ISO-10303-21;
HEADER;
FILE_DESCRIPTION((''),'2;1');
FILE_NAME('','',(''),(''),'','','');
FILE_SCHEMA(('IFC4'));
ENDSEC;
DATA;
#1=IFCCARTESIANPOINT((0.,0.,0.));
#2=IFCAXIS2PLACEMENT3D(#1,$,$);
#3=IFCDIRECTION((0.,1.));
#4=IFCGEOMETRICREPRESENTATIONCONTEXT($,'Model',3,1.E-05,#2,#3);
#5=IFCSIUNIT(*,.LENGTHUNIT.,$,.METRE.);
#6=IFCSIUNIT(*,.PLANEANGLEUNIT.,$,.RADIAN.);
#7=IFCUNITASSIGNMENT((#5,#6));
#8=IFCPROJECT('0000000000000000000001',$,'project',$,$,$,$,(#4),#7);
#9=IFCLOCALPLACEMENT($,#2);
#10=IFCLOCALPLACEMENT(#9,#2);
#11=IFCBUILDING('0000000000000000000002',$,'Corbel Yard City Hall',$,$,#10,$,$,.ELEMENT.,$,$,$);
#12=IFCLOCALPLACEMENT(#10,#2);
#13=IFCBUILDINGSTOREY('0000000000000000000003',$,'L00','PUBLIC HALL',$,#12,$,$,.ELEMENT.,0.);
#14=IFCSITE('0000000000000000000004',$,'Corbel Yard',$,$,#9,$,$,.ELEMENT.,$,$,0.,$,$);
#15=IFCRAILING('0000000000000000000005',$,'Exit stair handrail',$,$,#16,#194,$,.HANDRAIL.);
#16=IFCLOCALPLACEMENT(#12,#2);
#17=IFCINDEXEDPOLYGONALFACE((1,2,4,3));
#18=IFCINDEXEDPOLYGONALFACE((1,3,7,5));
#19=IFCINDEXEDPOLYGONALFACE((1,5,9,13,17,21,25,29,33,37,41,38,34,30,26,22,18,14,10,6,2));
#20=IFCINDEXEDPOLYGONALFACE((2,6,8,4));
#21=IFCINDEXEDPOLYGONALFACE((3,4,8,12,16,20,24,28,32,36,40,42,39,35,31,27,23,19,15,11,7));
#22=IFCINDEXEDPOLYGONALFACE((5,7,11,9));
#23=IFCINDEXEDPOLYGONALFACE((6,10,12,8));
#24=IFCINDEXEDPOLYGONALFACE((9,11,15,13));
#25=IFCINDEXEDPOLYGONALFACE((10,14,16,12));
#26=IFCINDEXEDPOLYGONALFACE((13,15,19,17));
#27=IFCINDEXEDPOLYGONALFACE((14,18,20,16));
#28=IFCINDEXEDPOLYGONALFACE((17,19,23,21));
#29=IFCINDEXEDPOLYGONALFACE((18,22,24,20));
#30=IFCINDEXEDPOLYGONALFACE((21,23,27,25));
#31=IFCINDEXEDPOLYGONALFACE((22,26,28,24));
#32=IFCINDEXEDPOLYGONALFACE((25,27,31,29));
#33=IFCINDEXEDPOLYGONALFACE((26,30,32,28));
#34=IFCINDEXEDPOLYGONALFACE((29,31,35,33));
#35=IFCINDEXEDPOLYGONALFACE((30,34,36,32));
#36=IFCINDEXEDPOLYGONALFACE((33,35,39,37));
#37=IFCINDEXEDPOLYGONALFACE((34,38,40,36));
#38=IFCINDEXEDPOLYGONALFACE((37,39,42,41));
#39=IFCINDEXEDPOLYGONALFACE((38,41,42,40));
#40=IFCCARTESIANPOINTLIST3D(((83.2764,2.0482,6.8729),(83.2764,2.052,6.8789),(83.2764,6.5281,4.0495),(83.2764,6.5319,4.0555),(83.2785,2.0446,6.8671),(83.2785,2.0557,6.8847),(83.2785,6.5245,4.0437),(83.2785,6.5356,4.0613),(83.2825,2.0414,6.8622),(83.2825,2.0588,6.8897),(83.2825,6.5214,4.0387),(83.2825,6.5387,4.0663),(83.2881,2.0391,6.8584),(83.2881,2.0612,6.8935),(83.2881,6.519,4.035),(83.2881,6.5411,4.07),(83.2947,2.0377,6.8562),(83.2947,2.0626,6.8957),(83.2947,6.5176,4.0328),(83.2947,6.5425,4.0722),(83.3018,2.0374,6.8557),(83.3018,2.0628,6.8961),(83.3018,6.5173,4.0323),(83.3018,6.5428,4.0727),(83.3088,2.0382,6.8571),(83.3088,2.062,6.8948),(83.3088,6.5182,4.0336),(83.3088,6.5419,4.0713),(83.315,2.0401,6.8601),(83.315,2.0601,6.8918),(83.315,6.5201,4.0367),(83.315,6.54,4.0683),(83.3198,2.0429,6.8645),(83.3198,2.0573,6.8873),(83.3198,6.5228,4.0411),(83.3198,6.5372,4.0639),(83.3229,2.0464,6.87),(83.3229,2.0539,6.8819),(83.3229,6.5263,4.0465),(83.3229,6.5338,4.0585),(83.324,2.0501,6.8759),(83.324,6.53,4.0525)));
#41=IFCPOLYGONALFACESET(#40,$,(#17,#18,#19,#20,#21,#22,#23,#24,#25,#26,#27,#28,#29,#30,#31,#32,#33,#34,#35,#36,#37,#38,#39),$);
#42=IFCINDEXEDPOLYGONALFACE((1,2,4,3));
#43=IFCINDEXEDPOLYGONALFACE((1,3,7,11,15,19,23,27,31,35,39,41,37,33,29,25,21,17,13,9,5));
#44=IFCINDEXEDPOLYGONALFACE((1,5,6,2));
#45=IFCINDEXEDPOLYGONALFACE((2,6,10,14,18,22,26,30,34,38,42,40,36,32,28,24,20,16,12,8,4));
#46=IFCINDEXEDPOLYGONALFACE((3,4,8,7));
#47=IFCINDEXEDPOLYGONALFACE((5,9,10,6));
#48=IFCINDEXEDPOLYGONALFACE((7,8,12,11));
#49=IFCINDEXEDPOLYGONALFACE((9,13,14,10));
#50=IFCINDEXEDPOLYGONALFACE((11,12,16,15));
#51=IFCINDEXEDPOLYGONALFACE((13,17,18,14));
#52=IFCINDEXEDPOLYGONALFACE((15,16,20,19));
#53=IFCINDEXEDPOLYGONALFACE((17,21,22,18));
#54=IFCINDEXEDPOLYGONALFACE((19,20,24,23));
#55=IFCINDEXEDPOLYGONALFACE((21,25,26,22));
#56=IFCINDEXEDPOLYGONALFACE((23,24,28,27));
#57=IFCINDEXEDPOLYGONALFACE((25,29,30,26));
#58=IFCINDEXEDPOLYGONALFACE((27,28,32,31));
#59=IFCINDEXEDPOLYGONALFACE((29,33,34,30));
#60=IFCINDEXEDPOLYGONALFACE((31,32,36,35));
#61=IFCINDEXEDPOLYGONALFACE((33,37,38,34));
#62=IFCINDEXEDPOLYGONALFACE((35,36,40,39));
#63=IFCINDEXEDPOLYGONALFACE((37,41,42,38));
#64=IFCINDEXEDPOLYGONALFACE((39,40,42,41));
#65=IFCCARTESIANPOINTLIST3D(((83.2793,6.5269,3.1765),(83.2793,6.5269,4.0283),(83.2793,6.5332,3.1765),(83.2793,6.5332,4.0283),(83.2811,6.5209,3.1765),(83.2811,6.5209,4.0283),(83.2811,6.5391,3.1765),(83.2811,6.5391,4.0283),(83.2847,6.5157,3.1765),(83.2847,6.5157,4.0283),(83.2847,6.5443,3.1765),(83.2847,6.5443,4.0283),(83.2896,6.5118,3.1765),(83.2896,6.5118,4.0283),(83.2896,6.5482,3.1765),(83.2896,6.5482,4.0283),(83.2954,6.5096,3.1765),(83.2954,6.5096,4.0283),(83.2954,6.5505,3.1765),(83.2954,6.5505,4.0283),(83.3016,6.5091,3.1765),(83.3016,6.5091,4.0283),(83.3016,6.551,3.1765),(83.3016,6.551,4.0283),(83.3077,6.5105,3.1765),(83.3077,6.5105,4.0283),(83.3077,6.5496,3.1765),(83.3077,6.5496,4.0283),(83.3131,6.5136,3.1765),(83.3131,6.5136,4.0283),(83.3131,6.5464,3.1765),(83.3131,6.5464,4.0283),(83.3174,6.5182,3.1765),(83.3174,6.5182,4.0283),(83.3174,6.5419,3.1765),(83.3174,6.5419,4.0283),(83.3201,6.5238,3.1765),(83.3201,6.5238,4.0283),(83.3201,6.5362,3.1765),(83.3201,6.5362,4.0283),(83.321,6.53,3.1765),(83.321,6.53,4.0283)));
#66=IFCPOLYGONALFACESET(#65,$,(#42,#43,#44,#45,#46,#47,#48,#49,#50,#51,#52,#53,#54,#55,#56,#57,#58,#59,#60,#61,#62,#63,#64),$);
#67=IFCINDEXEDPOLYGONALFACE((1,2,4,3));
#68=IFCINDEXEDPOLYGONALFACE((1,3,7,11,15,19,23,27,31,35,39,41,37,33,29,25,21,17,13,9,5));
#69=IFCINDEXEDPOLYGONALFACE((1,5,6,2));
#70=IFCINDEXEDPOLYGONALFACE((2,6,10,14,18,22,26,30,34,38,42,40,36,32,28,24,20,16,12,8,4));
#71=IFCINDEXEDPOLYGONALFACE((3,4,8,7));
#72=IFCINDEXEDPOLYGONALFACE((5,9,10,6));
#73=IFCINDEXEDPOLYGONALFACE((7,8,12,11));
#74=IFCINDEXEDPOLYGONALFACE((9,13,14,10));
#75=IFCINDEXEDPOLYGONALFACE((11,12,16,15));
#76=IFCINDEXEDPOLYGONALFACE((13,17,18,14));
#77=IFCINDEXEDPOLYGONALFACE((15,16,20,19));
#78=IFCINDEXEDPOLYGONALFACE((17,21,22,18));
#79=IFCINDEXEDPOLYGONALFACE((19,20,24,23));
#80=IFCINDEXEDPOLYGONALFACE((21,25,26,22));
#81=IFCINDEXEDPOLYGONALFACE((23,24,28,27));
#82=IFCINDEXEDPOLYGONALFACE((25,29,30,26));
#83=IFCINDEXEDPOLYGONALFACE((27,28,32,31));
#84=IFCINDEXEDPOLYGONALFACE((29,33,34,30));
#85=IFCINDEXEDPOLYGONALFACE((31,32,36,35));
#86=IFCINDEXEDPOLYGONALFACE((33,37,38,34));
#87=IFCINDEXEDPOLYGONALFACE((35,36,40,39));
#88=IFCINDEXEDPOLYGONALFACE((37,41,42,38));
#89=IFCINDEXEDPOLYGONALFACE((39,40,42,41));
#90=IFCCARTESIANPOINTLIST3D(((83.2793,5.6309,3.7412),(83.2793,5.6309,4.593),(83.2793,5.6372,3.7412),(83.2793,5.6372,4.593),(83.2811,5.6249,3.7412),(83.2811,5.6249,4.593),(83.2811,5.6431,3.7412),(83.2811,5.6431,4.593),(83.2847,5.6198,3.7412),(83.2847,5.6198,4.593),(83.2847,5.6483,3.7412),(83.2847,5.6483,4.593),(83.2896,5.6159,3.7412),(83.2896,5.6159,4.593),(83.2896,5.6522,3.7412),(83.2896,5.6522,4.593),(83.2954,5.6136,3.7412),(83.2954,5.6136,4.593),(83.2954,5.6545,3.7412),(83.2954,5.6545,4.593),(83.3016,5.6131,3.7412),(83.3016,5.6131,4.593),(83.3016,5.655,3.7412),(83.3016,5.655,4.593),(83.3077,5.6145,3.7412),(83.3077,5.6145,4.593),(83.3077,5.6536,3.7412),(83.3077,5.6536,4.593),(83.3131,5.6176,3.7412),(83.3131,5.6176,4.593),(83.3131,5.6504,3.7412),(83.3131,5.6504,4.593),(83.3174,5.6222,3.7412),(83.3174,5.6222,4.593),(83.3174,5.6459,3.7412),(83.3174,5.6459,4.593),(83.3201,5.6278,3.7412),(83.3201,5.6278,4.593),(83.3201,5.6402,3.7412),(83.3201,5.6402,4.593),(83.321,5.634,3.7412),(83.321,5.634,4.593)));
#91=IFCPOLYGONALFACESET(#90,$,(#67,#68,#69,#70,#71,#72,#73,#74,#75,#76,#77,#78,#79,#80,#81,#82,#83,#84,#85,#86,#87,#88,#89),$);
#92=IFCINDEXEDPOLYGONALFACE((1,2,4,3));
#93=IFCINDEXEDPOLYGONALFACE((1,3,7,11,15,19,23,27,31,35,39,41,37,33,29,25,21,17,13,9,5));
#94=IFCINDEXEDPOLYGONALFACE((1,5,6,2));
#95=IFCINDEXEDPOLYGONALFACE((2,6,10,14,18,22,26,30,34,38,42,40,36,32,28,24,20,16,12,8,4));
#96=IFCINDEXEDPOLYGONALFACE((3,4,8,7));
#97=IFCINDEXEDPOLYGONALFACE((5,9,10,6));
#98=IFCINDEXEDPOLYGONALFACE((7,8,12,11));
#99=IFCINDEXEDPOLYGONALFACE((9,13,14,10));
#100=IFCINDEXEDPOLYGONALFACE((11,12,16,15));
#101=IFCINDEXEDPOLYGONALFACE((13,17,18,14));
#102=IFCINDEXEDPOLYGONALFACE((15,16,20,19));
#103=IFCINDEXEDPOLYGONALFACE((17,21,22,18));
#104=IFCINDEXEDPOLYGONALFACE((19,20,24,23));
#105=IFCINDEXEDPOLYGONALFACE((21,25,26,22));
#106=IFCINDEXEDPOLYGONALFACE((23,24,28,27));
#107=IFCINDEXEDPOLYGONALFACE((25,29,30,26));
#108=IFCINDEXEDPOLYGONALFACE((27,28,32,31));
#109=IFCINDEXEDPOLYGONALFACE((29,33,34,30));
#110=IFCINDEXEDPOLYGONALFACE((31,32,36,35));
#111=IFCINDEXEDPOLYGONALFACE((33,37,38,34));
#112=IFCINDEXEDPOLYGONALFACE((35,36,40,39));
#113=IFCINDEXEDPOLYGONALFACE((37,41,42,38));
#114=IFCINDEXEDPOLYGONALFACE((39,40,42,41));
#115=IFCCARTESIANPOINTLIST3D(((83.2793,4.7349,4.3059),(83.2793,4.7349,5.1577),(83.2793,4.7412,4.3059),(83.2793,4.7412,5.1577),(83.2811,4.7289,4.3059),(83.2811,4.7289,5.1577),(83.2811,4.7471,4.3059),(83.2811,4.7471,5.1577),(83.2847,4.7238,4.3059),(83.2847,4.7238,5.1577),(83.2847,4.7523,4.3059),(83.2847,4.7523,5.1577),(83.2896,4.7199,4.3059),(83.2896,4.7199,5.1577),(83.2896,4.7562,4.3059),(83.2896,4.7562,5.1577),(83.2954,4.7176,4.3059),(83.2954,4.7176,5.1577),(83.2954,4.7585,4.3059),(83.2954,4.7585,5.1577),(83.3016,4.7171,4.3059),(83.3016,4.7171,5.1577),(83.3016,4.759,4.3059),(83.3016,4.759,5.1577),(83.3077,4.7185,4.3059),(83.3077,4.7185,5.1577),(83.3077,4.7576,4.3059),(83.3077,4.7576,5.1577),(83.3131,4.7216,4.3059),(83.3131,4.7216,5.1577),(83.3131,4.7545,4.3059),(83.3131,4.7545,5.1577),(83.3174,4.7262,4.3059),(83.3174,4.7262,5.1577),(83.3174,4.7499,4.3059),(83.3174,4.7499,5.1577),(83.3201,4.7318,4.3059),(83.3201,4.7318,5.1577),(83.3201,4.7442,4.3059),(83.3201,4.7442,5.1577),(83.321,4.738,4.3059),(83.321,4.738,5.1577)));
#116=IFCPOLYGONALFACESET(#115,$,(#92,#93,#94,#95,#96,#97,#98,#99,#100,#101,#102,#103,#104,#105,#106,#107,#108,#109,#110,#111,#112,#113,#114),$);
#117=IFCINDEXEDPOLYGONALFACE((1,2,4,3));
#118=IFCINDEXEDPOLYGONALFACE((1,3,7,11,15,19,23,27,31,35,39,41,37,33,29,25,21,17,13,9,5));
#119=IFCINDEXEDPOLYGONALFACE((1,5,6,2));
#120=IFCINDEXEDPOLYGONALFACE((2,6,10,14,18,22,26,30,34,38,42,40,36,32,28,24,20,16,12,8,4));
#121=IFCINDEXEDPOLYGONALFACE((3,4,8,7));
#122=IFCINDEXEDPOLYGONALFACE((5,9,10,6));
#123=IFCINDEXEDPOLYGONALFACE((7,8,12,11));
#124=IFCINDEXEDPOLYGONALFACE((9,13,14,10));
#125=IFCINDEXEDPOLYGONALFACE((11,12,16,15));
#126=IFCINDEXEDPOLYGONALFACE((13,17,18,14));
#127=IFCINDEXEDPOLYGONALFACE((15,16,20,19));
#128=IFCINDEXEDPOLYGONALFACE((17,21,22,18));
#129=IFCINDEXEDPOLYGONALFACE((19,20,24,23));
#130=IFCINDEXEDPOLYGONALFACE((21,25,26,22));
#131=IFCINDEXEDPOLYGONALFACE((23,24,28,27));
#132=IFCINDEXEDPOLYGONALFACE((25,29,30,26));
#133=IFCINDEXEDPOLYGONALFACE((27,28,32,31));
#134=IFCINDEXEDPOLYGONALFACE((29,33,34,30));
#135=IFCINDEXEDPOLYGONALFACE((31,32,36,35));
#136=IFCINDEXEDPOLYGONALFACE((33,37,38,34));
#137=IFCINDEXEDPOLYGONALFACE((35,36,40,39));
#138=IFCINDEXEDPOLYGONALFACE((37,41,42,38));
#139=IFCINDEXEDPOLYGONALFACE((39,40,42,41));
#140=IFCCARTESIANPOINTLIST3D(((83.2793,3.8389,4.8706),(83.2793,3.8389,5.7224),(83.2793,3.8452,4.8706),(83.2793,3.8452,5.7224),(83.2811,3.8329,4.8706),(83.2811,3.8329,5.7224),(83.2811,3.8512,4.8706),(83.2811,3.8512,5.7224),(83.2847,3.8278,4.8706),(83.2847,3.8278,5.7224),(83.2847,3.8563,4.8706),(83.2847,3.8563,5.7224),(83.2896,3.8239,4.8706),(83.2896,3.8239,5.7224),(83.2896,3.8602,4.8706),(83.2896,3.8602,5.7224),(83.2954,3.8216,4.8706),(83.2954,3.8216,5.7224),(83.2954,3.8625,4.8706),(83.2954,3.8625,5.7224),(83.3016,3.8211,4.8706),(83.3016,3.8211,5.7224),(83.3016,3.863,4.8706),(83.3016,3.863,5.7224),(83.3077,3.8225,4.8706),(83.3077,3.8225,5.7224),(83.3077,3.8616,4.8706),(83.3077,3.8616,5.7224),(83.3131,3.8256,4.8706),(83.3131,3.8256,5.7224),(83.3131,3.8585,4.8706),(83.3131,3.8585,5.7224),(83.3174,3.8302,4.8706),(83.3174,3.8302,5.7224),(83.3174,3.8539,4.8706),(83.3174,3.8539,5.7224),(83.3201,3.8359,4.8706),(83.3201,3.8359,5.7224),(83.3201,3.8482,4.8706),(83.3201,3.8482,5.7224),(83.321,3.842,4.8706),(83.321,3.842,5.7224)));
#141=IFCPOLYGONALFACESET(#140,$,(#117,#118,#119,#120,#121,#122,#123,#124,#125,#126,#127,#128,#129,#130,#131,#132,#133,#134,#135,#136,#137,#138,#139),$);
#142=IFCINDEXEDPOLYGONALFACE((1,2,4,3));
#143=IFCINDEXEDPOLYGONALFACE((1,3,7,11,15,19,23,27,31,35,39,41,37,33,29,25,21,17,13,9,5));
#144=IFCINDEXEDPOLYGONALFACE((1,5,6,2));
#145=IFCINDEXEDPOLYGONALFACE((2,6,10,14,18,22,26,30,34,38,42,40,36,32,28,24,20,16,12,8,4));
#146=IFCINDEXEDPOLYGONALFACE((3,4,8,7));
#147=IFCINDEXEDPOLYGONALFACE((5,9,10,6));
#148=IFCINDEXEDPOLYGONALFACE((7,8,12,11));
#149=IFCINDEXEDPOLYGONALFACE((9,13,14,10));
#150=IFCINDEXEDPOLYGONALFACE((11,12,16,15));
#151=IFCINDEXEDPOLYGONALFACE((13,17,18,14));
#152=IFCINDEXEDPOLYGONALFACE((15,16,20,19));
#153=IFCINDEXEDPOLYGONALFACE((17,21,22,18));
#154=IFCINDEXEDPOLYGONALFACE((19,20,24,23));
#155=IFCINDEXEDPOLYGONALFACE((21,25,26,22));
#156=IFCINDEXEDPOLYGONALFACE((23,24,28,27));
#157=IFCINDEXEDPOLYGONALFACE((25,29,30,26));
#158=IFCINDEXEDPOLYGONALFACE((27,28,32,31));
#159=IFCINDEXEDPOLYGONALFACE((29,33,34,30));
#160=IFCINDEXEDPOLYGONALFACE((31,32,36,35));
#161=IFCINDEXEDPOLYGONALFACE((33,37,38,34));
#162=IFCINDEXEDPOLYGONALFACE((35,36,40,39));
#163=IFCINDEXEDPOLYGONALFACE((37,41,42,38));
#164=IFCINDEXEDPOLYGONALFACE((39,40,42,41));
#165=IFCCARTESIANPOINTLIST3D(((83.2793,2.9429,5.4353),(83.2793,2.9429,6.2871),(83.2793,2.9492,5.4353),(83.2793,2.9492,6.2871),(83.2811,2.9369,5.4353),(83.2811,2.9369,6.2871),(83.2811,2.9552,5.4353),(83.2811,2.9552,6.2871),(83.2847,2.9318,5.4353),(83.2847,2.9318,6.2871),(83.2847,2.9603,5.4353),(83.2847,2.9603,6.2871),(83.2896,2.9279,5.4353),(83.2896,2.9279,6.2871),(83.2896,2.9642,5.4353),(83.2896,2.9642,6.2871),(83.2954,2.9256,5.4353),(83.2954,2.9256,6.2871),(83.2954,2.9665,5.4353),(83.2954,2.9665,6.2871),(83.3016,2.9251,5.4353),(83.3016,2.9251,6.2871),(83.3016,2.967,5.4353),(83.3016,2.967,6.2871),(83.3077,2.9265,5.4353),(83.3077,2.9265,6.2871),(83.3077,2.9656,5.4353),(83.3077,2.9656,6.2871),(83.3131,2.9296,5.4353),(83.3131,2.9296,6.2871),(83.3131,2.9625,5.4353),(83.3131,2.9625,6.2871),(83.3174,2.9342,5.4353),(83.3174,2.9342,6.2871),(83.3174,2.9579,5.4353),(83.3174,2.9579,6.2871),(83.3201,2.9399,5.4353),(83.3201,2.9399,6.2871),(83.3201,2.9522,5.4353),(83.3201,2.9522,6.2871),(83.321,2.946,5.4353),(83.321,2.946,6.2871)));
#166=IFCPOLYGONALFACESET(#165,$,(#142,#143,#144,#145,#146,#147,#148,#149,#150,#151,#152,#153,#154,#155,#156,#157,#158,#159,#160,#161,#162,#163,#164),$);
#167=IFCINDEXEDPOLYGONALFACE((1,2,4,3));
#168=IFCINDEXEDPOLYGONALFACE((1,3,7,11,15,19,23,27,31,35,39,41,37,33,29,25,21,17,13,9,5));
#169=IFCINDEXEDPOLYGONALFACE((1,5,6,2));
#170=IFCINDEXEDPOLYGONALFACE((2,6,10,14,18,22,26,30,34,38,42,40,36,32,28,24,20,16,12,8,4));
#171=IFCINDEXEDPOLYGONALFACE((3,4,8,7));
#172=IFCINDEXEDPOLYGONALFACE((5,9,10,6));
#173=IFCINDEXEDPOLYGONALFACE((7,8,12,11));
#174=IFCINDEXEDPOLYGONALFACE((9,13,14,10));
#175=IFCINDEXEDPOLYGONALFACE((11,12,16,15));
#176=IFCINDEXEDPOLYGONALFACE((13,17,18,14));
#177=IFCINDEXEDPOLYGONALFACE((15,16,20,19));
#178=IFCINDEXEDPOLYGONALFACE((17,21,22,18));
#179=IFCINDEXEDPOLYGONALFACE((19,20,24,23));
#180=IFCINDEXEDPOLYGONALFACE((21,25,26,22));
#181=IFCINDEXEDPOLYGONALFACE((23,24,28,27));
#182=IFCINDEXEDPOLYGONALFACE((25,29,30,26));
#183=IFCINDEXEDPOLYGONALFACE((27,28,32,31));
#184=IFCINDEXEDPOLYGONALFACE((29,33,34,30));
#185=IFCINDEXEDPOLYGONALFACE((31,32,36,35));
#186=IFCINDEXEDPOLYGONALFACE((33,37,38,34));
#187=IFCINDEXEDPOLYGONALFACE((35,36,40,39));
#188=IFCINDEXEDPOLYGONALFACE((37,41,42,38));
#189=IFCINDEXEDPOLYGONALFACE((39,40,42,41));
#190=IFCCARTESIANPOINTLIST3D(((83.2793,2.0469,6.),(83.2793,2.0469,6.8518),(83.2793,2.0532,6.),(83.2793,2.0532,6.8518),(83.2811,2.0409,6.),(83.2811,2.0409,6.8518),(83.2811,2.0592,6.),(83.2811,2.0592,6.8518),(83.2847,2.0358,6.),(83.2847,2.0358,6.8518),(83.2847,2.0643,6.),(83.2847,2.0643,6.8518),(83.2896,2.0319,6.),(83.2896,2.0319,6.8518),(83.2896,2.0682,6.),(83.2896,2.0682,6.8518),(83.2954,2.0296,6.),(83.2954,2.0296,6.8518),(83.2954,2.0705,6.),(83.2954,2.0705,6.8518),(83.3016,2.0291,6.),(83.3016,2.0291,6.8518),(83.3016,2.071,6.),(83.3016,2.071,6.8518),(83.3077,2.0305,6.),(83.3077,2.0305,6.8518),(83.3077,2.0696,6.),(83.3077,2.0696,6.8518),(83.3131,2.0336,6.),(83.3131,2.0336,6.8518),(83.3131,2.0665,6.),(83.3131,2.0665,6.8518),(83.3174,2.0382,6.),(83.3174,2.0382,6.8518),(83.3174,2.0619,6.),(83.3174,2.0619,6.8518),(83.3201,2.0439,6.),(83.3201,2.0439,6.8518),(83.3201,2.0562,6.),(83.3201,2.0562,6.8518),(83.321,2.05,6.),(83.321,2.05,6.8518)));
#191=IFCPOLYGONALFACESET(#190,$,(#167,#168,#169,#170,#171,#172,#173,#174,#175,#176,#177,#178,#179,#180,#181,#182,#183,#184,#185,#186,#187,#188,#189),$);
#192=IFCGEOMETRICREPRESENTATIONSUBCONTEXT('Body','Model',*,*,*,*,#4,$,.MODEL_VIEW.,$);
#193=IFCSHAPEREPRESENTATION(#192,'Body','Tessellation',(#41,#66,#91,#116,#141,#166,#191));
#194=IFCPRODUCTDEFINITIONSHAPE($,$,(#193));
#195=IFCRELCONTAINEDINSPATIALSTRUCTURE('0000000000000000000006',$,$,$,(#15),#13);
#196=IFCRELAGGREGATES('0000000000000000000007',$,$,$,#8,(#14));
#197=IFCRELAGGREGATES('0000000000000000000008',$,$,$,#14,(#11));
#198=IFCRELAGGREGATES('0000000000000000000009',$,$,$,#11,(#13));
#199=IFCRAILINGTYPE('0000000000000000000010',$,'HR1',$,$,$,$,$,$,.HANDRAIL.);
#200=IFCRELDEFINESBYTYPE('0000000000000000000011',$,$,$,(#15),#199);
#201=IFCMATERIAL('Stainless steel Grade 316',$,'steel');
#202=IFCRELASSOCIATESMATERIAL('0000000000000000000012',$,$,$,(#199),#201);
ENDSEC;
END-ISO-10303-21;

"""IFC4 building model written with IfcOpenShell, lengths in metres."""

from ifc_helpers import new_model, si_unit, direction, frame, origin, origin_2d, place, context, subcontext, project, spatial, circle, extrude, material, type_object, element, save


model = new_model("IFC4")

# Units and contexts
model_context = context("Model", 3, precision=1e-05, world=origin(), true_north=direction((0.0, 1.0)))
body_context = subcontext(model_context, "Body", "Model", "MODEL_VIEW")
ifc_project = project(units=[si_unit("LENGTHUNIT", "METRE"), si_unit("PLANEANGLEUNIT", "RADIAN")], contexts=[model_context])

# Site, building, storey
site_placement = place(None, origin())
site = spatial("IfcSite", under=ifc_project, at=site_placement, Name="Corbel Yard", CompositionType="ELEMENT", RefElevation=0.0)
building_placement = place(site_placement, origin())
building = spatial("IfcBuilding", under=site, at=building_placement, Name="Corbel Yard City Hall", CompositionType="ELEMENT")
storey_placement = place(building_placement, origin())
storey = spatial("IfcBuildingStorey", under=building, at=storey_placement, Name="L00", Description="PUBLIC HALL", CompositionType="ELEMENT", Elevation=0.0)

# Railing
ifc_material_1 = material(Name="Stainless steel Grade 316", Category="steel")
railing_type = type_object("IfcRailingType", Name="HR1", PredefinedType="HANDRAIL", material=ifc_material_1)
for number, where, name in (
    (1, (83.3, 6.53, 3.1765), "Exit stair handrail"),
):
    element("IfcRailing", number, at=place(storey_placement, frame(where)), inside=storey, type_object=railing_type, Name=name, PredefinedType="HANDRAIL", context=body_context, shape_type="SweptSolid", body=[
        extrude(circle(Radius=0.0239, at=origin_2d()), frame((0.0, 0.0, 0.876), z_axis=(0.0, -0.845998, 0.533186), x_axis=(1.0, 0.0, 0.0)), (0.0, 0.0, 1.0), 5.2954),
        extrude(circle(Radius=0.021, at=origin_2d()), origin(), (0.0, 0.0, 1.0), 0.8518),
        extrude(circle(Radius=0.021, at=origin_2d()), frame((0.0, -0.896, 0.5647)), (0.0, 0.0, 1.0), 0.8518),
        extrude(circle(Radius=0.021, at=origin_2d()), frame((0.0, -1.792, 1.1294)), (0.0, 0.0, 1.0), 0.8518),
        extrude(circle(Radius=0.021, at=origin_2d()), frame((0.0, -2.688, 1.6941)), (0.0, 0.0, 1.0), 0.8518),
        extrude(circle(Radius=0.021, at=origin_2d()), frame((0.0, -3.584, 2.2588)), (0.0, 0.0, 1.0), 0.8518),
        extrude(circle(Radius=0.021, at=origin_2d()), frame((0.0, -4.48, 2.8235)), (0.0, 0.0, 1.0), 0.8518),
    ])

save(model, "model.ifc")
